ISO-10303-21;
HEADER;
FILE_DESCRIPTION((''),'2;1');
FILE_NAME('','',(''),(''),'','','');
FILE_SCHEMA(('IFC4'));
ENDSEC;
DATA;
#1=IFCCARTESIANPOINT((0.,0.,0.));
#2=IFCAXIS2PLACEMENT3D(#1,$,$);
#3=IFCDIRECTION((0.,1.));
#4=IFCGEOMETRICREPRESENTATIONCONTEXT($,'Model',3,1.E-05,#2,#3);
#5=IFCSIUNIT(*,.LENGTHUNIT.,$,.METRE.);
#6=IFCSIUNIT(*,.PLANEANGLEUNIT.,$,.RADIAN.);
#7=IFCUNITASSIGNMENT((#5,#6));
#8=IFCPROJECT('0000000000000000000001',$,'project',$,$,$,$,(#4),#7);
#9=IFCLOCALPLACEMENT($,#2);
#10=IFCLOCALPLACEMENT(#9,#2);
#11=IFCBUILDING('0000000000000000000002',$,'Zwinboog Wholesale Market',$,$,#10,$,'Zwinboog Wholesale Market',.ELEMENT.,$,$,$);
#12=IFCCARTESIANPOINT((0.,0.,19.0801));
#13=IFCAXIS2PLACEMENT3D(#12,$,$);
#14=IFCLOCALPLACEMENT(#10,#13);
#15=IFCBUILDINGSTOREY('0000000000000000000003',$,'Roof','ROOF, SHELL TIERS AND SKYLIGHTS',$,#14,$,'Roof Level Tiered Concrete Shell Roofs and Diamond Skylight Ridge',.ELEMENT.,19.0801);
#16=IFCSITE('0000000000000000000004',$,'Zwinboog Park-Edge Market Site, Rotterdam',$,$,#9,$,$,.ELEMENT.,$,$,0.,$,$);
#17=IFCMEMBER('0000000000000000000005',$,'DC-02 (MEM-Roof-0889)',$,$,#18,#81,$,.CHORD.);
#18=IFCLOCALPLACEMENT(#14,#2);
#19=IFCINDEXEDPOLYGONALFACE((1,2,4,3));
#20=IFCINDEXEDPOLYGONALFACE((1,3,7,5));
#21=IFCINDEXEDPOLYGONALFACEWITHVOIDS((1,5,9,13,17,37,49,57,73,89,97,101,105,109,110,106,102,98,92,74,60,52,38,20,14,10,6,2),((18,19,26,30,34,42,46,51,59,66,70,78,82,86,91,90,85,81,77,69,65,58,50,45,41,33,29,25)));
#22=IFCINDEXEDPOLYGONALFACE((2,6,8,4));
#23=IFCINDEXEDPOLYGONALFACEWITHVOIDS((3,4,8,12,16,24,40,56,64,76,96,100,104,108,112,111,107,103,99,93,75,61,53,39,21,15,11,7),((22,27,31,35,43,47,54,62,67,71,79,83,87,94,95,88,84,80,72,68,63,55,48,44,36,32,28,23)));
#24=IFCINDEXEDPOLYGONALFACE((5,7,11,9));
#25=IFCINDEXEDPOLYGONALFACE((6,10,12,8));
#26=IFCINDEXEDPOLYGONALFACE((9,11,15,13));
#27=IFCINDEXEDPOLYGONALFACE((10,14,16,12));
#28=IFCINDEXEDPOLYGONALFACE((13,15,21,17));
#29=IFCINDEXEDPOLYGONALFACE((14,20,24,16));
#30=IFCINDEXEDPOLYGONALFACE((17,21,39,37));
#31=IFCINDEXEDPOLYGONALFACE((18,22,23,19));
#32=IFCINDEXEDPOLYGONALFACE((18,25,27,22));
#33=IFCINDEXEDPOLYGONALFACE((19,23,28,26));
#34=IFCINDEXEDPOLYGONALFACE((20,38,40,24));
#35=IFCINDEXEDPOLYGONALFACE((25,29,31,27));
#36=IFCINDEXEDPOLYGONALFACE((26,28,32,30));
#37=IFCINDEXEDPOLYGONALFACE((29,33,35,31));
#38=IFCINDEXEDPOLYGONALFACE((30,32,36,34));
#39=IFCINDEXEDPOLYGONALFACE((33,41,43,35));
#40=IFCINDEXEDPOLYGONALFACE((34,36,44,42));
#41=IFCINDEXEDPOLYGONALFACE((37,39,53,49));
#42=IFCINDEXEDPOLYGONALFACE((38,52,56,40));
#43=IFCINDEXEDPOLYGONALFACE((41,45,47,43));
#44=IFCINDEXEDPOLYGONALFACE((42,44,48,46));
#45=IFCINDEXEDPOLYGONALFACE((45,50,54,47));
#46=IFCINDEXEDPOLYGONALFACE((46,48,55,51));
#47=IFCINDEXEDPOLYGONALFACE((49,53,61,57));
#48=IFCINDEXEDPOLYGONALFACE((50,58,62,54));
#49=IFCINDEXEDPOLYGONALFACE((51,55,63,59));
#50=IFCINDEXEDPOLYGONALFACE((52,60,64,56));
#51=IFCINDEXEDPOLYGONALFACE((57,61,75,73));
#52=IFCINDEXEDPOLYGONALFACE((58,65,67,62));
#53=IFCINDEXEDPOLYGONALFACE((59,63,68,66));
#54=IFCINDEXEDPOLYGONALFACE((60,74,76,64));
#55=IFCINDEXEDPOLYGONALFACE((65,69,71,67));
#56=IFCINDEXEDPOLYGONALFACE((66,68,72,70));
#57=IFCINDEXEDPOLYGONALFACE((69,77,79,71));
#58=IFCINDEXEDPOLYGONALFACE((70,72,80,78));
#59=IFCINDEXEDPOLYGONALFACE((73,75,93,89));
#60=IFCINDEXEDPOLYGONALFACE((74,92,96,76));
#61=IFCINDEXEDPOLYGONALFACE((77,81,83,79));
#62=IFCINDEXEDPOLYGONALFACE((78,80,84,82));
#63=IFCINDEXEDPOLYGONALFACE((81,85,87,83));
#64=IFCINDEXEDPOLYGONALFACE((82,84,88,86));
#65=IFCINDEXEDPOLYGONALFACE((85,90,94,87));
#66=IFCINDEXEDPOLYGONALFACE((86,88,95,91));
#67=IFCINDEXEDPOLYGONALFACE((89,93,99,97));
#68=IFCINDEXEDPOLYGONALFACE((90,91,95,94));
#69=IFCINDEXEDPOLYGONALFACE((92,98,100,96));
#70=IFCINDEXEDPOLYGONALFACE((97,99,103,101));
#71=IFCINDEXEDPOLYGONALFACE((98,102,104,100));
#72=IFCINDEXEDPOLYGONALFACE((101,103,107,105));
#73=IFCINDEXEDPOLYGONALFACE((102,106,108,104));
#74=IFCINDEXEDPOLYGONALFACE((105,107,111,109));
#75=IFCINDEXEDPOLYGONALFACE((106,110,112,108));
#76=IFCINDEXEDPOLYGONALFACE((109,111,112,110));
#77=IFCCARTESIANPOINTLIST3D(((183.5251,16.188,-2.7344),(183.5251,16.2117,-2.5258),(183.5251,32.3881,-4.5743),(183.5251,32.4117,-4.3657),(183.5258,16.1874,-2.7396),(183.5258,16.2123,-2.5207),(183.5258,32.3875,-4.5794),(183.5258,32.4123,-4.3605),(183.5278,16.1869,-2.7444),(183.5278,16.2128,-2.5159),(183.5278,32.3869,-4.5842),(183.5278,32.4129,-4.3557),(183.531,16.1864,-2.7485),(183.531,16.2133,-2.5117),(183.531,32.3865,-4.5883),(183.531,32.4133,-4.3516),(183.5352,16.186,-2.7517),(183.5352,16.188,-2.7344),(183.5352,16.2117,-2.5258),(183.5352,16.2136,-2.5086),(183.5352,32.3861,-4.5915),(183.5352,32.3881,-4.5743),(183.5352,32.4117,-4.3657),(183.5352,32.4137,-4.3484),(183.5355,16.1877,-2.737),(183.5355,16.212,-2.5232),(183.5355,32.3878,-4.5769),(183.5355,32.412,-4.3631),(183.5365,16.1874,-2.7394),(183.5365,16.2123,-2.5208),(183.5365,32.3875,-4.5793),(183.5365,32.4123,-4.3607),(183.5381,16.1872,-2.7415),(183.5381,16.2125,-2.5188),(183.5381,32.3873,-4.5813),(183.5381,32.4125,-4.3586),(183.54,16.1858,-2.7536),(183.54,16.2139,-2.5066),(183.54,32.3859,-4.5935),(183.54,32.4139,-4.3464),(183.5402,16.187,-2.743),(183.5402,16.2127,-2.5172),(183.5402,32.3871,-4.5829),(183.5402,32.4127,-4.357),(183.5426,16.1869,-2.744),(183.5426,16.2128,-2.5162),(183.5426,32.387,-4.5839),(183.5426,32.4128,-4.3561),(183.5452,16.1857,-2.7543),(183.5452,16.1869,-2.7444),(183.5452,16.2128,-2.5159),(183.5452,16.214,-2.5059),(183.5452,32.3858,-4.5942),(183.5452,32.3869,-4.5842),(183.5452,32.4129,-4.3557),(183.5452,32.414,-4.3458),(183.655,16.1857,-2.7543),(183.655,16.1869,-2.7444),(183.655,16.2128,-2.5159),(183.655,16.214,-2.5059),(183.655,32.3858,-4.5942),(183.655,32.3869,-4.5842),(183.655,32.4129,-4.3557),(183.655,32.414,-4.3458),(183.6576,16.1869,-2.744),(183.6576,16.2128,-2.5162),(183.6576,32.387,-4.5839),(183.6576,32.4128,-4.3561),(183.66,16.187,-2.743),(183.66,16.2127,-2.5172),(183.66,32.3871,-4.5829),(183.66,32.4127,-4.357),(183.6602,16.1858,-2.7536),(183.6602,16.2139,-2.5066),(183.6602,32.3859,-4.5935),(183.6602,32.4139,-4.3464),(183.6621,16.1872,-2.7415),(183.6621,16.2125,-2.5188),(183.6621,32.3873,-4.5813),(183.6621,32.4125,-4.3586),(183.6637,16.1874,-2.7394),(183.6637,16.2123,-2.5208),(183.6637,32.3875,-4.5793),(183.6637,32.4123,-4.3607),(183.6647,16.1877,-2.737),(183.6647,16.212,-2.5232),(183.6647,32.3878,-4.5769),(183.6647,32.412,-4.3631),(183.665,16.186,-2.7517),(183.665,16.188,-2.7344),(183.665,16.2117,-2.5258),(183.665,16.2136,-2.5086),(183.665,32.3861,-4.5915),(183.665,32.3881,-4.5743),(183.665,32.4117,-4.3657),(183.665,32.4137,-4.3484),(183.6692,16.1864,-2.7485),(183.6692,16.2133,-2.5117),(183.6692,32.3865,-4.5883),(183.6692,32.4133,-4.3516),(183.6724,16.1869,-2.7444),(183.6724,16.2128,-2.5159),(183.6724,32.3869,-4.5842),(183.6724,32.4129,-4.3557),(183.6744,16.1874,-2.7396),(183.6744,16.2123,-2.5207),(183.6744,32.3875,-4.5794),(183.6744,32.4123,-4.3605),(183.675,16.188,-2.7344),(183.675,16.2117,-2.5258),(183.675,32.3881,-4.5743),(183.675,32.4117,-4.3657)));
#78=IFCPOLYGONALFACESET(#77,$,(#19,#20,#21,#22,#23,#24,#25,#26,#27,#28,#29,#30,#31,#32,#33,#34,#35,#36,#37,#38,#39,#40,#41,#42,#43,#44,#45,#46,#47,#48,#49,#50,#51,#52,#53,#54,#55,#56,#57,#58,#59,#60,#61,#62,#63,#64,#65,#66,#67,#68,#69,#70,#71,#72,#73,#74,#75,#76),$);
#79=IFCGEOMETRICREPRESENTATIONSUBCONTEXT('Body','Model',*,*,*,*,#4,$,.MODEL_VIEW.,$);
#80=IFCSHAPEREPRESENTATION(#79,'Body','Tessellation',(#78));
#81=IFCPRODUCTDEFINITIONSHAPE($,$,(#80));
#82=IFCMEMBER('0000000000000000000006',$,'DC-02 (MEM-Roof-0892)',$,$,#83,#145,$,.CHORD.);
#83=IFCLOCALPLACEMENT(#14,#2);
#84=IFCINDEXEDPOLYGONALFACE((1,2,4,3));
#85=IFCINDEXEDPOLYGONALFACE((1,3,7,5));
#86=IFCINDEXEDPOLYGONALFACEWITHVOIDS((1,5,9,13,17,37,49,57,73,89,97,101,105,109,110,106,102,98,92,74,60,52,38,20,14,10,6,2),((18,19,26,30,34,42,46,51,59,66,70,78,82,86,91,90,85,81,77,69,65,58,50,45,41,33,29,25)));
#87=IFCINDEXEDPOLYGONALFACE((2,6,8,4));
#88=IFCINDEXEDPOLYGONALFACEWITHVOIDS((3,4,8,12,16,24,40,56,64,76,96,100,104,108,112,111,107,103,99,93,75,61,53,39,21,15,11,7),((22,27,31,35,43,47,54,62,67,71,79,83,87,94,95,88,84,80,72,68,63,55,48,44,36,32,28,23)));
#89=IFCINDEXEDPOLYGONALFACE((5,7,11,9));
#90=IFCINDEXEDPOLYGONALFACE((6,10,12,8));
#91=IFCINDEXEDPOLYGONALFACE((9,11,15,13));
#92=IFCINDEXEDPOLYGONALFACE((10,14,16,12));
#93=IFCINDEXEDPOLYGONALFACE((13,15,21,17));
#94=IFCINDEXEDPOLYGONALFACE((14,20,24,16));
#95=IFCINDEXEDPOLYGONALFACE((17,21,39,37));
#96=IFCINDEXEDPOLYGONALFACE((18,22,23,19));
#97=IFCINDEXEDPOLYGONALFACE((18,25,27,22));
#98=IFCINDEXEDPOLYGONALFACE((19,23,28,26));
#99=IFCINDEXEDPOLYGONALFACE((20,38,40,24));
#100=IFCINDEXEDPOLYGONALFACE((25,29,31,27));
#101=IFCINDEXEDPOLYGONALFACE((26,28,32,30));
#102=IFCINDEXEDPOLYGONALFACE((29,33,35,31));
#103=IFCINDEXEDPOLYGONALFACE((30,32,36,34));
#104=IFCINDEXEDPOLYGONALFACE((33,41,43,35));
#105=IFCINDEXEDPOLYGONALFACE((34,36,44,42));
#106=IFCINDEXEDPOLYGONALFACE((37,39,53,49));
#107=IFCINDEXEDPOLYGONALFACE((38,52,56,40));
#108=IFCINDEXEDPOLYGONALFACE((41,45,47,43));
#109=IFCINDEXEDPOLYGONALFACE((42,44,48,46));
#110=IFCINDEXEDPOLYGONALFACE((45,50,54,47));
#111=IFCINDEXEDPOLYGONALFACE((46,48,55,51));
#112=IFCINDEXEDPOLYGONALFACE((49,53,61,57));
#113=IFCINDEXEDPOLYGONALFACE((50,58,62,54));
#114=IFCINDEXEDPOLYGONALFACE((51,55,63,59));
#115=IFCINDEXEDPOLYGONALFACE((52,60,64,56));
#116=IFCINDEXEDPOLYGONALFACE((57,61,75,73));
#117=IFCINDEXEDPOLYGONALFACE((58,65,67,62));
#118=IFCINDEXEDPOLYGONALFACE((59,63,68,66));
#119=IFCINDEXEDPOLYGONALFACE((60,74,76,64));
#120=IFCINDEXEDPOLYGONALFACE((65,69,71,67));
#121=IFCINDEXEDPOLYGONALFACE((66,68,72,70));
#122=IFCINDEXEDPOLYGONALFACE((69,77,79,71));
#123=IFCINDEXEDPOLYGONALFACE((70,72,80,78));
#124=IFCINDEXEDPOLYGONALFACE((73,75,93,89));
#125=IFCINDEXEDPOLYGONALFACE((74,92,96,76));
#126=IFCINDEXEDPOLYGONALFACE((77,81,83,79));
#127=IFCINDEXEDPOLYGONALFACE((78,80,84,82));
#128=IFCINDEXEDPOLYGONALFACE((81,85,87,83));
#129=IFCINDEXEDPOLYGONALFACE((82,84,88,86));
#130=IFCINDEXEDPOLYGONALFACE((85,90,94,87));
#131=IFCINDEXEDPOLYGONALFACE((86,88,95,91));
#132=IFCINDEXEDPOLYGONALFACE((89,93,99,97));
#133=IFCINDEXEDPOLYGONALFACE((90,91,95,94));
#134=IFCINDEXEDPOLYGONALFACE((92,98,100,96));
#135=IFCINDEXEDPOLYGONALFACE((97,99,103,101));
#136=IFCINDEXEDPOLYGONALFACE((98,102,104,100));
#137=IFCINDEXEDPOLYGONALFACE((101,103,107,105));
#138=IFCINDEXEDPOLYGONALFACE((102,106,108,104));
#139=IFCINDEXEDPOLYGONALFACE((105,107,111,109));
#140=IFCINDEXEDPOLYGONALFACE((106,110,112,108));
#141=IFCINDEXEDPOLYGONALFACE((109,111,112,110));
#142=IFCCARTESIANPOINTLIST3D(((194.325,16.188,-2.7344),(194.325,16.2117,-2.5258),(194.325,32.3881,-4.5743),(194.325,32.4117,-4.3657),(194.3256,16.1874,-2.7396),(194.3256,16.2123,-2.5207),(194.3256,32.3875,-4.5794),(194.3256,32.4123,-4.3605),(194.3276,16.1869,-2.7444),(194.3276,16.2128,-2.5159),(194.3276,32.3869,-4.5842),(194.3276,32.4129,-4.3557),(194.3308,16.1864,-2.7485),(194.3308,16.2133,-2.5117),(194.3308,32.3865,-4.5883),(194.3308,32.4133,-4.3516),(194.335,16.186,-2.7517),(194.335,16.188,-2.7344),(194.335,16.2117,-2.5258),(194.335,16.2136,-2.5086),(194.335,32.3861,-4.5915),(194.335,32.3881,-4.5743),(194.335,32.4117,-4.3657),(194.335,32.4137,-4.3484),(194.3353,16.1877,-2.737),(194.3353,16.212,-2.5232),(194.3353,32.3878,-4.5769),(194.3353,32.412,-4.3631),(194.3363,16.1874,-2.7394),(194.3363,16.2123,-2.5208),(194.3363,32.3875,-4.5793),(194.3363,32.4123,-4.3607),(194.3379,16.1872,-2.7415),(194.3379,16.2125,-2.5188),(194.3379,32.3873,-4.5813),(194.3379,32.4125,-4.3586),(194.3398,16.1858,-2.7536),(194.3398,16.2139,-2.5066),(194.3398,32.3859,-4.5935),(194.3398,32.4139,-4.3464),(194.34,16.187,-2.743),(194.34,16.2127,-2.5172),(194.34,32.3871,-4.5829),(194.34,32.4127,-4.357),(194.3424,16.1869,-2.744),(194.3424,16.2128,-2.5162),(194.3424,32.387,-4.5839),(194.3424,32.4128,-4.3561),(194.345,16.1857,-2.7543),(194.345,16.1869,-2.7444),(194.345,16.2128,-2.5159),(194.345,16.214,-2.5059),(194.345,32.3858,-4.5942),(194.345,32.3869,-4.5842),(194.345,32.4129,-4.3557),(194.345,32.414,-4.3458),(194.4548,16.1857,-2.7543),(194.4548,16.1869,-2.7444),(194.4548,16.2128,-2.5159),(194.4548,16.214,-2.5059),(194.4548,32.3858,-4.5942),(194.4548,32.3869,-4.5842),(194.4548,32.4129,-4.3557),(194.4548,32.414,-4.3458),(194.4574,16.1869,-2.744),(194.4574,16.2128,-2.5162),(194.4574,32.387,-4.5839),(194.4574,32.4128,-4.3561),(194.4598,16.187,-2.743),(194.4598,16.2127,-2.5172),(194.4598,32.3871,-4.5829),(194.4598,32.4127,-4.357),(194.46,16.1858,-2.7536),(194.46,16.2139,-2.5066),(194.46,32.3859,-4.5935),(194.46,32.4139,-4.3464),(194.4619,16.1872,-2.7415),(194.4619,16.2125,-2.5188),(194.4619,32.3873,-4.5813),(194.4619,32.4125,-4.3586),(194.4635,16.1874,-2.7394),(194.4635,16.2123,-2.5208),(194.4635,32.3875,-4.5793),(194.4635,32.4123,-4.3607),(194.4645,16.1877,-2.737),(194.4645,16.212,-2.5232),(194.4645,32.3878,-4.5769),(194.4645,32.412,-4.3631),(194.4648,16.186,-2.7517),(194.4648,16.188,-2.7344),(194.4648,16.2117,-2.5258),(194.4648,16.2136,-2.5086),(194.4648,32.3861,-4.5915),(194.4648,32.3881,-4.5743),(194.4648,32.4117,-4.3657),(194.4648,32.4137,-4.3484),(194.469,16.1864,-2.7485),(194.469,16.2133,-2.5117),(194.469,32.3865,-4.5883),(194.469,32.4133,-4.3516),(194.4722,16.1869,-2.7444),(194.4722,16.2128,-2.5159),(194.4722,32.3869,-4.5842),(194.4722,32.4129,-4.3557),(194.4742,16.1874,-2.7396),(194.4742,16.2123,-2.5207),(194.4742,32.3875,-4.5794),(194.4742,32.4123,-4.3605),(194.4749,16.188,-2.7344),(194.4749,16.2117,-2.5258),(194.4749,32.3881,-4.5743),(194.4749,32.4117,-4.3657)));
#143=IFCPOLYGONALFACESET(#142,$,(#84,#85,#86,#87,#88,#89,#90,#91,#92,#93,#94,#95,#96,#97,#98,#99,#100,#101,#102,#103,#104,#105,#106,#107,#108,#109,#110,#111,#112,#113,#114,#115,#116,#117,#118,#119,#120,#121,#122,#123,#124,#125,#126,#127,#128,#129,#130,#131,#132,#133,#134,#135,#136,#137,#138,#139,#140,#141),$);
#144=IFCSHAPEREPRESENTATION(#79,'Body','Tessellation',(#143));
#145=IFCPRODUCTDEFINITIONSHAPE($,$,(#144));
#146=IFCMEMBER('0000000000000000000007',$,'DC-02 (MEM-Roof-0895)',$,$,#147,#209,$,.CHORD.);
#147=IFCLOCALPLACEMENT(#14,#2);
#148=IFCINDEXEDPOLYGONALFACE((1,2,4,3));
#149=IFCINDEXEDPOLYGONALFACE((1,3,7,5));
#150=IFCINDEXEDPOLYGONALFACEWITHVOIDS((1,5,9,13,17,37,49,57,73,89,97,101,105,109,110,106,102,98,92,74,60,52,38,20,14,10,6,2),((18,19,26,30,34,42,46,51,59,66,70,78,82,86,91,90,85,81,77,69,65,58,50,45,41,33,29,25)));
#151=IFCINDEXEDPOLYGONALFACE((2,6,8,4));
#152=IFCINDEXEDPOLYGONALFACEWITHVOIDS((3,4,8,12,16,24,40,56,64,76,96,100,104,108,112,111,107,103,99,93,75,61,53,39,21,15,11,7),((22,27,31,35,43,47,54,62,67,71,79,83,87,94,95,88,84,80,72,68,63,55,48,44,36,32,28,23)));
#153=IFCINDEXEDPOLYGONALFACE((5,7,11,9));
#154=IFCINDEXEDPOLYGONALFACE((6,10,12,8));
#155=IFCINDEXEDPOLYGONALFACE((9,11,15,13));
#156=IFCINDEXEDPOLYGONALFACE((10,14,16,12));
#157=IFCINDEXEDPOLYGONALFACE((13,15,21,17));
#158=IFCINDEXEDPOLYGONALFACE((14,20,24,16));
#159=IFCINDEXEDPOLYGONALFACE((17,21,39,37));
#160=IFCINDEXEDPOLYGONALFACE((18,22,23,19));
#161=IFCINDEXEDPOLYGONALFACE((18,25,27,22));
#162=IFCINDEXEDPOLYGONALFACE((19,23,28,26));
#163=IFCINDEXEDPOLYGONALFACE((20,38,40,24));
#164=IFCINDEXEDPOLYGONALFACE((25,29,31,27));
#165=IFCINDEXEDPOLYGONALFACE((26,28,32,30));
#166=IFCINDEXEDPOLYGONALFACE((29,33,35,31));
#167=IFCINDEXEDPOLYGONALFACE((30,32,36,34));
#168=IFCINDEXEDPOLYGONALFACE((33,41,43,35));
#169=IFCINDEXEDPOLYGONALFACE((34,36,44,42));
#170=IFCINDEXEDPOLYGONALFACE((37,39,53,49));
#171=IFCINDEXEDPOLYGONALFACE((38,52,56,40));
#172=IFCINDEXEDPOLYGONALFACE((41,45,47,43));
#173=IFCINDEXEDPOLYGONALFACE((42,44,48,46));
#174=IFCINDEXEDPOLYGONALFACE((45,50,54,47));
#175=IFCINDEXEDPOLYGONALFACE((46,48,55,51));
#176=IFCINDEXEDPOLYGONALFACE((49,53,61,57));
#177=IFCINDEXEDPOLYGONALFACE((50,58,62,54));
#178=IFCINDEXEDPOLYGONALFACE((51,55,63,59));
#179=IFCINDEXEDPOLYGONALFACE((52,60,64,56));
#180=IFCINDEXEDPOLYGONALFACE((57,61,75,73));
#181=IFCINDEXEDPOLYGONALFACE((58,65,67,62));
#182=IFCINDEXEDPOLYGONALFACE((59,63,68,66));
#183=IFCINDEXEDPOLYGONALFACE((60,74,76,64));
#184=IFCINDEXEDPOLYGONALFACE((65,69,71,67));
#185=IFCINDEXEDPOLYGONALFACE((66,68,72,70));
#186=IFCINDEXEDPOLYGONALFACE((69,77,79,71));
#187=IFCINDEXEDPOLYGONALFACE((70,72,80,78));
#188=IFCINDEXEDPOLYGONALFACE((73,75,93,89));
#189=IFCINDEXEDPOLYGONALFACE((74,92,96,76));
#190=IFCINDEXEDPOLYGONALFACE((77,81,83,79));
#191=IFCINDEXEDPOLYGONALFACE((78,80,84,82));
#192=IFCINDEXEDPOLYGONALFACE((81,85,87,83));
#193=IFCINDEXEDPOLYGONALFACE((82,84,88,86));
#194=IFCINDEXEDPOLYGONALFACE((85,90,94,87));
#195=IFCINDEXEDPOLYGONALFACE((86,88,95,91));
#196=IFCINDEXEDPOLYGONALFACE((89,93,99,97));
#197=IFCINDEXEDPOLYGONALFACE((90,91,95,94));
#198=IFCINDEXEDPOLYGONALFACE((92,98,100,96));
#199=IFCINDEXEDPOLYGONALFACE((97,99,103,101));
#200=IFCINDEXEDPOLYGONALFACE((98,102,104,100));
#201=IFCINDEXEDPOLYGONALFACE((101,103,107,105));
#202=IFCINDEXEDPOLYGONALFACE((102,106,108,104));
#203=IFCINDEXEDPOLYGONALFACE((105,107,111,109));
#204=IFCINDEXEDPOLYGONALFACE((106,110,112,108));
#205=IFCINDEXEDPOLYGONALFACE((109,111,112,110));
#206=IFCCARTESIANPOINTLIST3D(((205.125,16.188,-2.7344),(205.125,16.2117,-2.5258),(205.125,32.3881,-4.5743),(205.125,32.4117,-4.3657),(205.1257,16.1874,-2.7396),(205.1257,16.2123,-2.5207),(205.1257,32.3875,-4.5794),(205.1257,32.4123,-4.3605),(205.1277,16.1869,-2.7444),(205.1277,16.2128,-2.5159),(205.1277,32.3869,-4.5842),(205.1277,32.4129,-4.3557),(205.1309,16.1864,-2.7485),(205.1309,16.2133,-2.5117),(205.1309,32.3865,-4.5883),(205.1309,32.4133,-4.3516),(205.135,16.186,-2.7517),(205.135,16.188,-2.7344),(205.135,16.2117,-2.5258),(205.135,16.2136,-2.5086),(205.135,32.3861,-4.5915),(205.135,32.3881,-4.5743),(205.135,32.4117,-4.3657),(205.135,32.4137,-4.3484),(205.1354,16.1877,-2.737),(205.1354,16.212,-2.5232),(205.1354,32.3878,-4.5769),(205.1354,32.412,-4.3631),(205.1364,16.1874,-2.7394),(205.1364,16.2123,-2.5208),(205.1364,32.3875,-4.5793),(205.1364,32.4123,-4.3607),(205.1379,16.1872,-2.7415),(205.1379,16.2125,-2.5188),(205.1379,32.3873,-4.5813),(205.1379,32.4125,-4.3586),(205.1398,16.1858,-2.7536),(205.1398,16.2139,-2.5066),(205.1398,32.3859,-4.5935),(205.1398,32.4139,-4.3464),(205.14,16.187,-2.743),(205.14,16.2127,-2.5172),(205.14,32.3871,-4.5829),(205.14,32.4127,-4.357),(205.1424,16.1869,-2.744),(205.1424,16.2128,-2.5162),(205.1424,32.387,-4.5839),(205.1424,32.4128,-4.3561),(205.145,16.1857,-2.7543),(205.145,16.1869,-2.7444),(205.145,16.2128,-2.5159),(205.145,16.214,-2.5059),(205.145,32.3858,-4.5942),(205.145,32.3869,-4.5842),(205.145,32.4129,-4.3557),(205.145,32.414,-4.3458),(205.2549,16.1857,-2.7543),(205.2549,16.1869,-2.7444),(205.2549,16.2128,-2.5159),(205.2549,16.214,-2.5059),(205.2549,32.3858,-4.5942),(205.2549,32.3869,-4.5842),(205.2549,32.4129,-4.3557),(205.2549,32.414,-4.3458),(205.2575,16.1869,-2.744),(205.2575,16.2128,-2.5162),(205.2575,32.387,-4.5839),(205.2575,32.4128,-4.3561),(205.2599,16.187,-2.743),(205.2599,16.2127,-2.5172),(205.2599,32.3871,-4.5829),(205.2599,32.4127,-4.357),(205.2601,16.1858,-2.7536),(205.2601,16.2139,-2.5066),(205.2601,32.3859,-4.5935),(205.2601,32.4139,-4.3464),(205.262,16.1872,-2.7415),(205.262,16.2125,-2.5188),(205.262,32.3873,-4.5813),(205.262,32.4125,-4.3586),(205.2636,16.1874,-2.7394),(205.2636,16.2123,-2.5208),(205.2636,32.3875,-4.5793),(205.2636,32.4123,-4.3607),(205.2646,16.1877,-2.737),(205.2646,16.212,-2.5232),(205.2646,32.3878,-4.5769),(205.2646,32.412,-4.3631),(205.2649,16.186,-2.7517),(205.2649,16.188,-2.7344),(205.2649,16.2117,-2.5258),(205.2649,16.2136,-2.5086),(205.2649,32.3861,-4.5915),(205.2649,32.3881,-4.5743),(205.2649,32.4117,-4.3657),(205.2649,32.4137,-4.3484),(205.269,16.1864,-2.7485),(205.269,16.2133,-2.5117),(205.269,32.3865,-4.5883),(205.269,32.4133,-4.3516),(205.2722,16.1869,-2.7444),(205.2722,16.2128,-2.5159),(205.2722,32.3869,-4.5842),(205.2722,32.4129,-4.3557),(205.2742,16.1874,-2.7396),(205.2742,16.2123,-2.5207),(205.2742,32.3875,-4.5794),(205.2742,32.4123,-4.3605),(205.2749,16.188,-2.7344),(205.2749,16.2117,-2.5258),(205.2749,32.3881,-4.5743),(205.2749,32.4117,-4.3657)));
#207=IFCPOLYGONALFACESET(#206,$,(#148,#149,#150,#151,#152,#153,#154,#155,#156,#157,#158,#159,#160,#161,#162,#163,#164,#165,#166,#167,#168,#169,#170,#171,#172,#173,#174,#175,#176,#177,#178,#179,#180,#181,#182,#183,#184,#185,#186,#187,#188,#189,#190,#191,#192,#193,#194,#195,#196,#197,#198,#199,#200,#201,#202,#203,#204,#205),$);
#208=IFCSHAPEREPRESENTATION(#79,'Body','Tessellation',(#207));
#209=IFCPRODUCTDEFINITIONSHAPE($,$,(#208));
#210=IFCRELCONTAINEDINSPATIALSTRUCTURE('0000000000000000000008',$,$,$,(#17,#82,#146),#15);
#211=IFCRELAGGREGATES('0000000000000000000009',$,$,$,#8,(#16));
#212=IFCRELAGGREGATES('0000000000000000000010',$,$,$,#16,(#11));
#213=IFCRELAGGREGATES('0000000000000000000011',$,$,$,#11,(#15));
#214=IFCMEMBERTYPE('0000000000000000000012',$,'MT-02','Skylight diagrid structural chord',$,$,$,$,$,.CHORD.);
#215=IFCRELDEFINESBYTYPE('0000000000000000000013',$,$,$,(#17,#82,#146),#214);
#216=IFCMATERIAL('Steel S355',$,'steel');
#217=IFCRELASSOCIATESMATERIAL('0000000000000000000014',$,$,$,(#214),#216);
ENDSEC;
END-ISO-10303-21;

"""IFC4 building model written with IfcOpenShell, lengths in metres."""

from ifc_helpers import new_model, si_unit, direction, frame, origin, origin_2d, place, context, subcontext, project, spatial, hollow_rectangle, extrude, material, material_profile, profile_set, type_object, element, save


model = new_model("IFC4")

# Units and contexts
model_context = context("Model", 3, precision=1e-05, world=origin(), true_north=direction((0.0, 1.0)))
body_context = subcontext(model_context, "Body", "Model", "MODEL_VIEW")
ifc_project = project(units=[si_unit("LENGTHUNIT", "METRE"), si_unit("PLANEANGLEUNIT", "RADIAN")], contexts=[model_context])

# Site, building, storey
site_placement = place(None, origin())
site = spatial("IfcSite", under=ifc_project, at=site_placement, Name="Zwinboog Park-Edge Market Site, Rotterdam", CompositionType="ELEMENT", RefElevation=0.0)
building_placement = place(site_placement, origin())
building = spatial("IfcBuilding", under=site, at=building_placement, Name="Zwinboog Wholesale Market", LongName="Zwinboog Wholesale Market", CompositionType="ELEMENT")
storey_placement = place(building_placement, frame((0.0, 0.0, 19.0801)))
storey = spatial("IfcBuildingStorey", under=building, at=storey_placement, Name="Roof", Description="ROOF, SHELL TIERS AND SKYLIGHTS", LongName="Roof Level Tiered Concrete Shell Roofs and Diamond Skylight Ridge", CompositionType="ELEMENT", Elevation=19.0801)

# Shared definitions
ifc_material_1 = material(Name="Steel S355", Category="steel")

# Members
ifc_material_profile_1 = material_profile(ifc_material_1, hollow_rectangle(XDim=0.1499, YDim=0.25, WallThickness=0.01, InnerFilletRadius=0.01, OuterFilletRadius=0.02, at=origin_2d()), Name="RHS 250x150x10")
ifc_profile_set_1 = profile_set([ifc_material_profile_1], Name="Steel S355")
member_type_1 = type_object("IfcMemberType", Name="MT-02", Description="Skylight diagrid structural chord", PredefinedType="CHORD", material=ifc_profile_set_1)
for number, where, z_axis, x_axis, name in (
    (1, (183.6001, 32.3999, -4.47), (0.0, -0.993613, 0.112846), (1.0, 0.0, 0.0), "DC-02 (MEM-Roof-0889)"),
    (2, (194.3999, 32.3999, -4.47), (0.0, -0.993613, 0.112846), (1.0, 0.0, 0.0), "DC-02 (MEM-Roof-0892)"),
    (3, (205.2, 32.3999, -4.47), (0.0, -0.993613, 0.112846), (1.0, 0.0, 0.0), "DC-02 (MEM-Roof-0895)"),
):
    element("IfcMember", number, at=place(storey_placement, frame(where, z_axis=z_axis, x_axis=x_axis)), inside=storey, type_object=member_type_1, Name=name, PredefinedType="CHORD", context=body_context, shape_type="SweptSolid", body=[
        extrude(hollow_rectangle(XDim=0.1499, YDim=0.25, WallThickness=0.01, InnerFilletRadius=0.01, OuterFilletRadius=0.02, at=origin_2d()), origin(), (0.0, 0.0, 1.0), 16.3042),
    ])

save(model, "model.ifc")
